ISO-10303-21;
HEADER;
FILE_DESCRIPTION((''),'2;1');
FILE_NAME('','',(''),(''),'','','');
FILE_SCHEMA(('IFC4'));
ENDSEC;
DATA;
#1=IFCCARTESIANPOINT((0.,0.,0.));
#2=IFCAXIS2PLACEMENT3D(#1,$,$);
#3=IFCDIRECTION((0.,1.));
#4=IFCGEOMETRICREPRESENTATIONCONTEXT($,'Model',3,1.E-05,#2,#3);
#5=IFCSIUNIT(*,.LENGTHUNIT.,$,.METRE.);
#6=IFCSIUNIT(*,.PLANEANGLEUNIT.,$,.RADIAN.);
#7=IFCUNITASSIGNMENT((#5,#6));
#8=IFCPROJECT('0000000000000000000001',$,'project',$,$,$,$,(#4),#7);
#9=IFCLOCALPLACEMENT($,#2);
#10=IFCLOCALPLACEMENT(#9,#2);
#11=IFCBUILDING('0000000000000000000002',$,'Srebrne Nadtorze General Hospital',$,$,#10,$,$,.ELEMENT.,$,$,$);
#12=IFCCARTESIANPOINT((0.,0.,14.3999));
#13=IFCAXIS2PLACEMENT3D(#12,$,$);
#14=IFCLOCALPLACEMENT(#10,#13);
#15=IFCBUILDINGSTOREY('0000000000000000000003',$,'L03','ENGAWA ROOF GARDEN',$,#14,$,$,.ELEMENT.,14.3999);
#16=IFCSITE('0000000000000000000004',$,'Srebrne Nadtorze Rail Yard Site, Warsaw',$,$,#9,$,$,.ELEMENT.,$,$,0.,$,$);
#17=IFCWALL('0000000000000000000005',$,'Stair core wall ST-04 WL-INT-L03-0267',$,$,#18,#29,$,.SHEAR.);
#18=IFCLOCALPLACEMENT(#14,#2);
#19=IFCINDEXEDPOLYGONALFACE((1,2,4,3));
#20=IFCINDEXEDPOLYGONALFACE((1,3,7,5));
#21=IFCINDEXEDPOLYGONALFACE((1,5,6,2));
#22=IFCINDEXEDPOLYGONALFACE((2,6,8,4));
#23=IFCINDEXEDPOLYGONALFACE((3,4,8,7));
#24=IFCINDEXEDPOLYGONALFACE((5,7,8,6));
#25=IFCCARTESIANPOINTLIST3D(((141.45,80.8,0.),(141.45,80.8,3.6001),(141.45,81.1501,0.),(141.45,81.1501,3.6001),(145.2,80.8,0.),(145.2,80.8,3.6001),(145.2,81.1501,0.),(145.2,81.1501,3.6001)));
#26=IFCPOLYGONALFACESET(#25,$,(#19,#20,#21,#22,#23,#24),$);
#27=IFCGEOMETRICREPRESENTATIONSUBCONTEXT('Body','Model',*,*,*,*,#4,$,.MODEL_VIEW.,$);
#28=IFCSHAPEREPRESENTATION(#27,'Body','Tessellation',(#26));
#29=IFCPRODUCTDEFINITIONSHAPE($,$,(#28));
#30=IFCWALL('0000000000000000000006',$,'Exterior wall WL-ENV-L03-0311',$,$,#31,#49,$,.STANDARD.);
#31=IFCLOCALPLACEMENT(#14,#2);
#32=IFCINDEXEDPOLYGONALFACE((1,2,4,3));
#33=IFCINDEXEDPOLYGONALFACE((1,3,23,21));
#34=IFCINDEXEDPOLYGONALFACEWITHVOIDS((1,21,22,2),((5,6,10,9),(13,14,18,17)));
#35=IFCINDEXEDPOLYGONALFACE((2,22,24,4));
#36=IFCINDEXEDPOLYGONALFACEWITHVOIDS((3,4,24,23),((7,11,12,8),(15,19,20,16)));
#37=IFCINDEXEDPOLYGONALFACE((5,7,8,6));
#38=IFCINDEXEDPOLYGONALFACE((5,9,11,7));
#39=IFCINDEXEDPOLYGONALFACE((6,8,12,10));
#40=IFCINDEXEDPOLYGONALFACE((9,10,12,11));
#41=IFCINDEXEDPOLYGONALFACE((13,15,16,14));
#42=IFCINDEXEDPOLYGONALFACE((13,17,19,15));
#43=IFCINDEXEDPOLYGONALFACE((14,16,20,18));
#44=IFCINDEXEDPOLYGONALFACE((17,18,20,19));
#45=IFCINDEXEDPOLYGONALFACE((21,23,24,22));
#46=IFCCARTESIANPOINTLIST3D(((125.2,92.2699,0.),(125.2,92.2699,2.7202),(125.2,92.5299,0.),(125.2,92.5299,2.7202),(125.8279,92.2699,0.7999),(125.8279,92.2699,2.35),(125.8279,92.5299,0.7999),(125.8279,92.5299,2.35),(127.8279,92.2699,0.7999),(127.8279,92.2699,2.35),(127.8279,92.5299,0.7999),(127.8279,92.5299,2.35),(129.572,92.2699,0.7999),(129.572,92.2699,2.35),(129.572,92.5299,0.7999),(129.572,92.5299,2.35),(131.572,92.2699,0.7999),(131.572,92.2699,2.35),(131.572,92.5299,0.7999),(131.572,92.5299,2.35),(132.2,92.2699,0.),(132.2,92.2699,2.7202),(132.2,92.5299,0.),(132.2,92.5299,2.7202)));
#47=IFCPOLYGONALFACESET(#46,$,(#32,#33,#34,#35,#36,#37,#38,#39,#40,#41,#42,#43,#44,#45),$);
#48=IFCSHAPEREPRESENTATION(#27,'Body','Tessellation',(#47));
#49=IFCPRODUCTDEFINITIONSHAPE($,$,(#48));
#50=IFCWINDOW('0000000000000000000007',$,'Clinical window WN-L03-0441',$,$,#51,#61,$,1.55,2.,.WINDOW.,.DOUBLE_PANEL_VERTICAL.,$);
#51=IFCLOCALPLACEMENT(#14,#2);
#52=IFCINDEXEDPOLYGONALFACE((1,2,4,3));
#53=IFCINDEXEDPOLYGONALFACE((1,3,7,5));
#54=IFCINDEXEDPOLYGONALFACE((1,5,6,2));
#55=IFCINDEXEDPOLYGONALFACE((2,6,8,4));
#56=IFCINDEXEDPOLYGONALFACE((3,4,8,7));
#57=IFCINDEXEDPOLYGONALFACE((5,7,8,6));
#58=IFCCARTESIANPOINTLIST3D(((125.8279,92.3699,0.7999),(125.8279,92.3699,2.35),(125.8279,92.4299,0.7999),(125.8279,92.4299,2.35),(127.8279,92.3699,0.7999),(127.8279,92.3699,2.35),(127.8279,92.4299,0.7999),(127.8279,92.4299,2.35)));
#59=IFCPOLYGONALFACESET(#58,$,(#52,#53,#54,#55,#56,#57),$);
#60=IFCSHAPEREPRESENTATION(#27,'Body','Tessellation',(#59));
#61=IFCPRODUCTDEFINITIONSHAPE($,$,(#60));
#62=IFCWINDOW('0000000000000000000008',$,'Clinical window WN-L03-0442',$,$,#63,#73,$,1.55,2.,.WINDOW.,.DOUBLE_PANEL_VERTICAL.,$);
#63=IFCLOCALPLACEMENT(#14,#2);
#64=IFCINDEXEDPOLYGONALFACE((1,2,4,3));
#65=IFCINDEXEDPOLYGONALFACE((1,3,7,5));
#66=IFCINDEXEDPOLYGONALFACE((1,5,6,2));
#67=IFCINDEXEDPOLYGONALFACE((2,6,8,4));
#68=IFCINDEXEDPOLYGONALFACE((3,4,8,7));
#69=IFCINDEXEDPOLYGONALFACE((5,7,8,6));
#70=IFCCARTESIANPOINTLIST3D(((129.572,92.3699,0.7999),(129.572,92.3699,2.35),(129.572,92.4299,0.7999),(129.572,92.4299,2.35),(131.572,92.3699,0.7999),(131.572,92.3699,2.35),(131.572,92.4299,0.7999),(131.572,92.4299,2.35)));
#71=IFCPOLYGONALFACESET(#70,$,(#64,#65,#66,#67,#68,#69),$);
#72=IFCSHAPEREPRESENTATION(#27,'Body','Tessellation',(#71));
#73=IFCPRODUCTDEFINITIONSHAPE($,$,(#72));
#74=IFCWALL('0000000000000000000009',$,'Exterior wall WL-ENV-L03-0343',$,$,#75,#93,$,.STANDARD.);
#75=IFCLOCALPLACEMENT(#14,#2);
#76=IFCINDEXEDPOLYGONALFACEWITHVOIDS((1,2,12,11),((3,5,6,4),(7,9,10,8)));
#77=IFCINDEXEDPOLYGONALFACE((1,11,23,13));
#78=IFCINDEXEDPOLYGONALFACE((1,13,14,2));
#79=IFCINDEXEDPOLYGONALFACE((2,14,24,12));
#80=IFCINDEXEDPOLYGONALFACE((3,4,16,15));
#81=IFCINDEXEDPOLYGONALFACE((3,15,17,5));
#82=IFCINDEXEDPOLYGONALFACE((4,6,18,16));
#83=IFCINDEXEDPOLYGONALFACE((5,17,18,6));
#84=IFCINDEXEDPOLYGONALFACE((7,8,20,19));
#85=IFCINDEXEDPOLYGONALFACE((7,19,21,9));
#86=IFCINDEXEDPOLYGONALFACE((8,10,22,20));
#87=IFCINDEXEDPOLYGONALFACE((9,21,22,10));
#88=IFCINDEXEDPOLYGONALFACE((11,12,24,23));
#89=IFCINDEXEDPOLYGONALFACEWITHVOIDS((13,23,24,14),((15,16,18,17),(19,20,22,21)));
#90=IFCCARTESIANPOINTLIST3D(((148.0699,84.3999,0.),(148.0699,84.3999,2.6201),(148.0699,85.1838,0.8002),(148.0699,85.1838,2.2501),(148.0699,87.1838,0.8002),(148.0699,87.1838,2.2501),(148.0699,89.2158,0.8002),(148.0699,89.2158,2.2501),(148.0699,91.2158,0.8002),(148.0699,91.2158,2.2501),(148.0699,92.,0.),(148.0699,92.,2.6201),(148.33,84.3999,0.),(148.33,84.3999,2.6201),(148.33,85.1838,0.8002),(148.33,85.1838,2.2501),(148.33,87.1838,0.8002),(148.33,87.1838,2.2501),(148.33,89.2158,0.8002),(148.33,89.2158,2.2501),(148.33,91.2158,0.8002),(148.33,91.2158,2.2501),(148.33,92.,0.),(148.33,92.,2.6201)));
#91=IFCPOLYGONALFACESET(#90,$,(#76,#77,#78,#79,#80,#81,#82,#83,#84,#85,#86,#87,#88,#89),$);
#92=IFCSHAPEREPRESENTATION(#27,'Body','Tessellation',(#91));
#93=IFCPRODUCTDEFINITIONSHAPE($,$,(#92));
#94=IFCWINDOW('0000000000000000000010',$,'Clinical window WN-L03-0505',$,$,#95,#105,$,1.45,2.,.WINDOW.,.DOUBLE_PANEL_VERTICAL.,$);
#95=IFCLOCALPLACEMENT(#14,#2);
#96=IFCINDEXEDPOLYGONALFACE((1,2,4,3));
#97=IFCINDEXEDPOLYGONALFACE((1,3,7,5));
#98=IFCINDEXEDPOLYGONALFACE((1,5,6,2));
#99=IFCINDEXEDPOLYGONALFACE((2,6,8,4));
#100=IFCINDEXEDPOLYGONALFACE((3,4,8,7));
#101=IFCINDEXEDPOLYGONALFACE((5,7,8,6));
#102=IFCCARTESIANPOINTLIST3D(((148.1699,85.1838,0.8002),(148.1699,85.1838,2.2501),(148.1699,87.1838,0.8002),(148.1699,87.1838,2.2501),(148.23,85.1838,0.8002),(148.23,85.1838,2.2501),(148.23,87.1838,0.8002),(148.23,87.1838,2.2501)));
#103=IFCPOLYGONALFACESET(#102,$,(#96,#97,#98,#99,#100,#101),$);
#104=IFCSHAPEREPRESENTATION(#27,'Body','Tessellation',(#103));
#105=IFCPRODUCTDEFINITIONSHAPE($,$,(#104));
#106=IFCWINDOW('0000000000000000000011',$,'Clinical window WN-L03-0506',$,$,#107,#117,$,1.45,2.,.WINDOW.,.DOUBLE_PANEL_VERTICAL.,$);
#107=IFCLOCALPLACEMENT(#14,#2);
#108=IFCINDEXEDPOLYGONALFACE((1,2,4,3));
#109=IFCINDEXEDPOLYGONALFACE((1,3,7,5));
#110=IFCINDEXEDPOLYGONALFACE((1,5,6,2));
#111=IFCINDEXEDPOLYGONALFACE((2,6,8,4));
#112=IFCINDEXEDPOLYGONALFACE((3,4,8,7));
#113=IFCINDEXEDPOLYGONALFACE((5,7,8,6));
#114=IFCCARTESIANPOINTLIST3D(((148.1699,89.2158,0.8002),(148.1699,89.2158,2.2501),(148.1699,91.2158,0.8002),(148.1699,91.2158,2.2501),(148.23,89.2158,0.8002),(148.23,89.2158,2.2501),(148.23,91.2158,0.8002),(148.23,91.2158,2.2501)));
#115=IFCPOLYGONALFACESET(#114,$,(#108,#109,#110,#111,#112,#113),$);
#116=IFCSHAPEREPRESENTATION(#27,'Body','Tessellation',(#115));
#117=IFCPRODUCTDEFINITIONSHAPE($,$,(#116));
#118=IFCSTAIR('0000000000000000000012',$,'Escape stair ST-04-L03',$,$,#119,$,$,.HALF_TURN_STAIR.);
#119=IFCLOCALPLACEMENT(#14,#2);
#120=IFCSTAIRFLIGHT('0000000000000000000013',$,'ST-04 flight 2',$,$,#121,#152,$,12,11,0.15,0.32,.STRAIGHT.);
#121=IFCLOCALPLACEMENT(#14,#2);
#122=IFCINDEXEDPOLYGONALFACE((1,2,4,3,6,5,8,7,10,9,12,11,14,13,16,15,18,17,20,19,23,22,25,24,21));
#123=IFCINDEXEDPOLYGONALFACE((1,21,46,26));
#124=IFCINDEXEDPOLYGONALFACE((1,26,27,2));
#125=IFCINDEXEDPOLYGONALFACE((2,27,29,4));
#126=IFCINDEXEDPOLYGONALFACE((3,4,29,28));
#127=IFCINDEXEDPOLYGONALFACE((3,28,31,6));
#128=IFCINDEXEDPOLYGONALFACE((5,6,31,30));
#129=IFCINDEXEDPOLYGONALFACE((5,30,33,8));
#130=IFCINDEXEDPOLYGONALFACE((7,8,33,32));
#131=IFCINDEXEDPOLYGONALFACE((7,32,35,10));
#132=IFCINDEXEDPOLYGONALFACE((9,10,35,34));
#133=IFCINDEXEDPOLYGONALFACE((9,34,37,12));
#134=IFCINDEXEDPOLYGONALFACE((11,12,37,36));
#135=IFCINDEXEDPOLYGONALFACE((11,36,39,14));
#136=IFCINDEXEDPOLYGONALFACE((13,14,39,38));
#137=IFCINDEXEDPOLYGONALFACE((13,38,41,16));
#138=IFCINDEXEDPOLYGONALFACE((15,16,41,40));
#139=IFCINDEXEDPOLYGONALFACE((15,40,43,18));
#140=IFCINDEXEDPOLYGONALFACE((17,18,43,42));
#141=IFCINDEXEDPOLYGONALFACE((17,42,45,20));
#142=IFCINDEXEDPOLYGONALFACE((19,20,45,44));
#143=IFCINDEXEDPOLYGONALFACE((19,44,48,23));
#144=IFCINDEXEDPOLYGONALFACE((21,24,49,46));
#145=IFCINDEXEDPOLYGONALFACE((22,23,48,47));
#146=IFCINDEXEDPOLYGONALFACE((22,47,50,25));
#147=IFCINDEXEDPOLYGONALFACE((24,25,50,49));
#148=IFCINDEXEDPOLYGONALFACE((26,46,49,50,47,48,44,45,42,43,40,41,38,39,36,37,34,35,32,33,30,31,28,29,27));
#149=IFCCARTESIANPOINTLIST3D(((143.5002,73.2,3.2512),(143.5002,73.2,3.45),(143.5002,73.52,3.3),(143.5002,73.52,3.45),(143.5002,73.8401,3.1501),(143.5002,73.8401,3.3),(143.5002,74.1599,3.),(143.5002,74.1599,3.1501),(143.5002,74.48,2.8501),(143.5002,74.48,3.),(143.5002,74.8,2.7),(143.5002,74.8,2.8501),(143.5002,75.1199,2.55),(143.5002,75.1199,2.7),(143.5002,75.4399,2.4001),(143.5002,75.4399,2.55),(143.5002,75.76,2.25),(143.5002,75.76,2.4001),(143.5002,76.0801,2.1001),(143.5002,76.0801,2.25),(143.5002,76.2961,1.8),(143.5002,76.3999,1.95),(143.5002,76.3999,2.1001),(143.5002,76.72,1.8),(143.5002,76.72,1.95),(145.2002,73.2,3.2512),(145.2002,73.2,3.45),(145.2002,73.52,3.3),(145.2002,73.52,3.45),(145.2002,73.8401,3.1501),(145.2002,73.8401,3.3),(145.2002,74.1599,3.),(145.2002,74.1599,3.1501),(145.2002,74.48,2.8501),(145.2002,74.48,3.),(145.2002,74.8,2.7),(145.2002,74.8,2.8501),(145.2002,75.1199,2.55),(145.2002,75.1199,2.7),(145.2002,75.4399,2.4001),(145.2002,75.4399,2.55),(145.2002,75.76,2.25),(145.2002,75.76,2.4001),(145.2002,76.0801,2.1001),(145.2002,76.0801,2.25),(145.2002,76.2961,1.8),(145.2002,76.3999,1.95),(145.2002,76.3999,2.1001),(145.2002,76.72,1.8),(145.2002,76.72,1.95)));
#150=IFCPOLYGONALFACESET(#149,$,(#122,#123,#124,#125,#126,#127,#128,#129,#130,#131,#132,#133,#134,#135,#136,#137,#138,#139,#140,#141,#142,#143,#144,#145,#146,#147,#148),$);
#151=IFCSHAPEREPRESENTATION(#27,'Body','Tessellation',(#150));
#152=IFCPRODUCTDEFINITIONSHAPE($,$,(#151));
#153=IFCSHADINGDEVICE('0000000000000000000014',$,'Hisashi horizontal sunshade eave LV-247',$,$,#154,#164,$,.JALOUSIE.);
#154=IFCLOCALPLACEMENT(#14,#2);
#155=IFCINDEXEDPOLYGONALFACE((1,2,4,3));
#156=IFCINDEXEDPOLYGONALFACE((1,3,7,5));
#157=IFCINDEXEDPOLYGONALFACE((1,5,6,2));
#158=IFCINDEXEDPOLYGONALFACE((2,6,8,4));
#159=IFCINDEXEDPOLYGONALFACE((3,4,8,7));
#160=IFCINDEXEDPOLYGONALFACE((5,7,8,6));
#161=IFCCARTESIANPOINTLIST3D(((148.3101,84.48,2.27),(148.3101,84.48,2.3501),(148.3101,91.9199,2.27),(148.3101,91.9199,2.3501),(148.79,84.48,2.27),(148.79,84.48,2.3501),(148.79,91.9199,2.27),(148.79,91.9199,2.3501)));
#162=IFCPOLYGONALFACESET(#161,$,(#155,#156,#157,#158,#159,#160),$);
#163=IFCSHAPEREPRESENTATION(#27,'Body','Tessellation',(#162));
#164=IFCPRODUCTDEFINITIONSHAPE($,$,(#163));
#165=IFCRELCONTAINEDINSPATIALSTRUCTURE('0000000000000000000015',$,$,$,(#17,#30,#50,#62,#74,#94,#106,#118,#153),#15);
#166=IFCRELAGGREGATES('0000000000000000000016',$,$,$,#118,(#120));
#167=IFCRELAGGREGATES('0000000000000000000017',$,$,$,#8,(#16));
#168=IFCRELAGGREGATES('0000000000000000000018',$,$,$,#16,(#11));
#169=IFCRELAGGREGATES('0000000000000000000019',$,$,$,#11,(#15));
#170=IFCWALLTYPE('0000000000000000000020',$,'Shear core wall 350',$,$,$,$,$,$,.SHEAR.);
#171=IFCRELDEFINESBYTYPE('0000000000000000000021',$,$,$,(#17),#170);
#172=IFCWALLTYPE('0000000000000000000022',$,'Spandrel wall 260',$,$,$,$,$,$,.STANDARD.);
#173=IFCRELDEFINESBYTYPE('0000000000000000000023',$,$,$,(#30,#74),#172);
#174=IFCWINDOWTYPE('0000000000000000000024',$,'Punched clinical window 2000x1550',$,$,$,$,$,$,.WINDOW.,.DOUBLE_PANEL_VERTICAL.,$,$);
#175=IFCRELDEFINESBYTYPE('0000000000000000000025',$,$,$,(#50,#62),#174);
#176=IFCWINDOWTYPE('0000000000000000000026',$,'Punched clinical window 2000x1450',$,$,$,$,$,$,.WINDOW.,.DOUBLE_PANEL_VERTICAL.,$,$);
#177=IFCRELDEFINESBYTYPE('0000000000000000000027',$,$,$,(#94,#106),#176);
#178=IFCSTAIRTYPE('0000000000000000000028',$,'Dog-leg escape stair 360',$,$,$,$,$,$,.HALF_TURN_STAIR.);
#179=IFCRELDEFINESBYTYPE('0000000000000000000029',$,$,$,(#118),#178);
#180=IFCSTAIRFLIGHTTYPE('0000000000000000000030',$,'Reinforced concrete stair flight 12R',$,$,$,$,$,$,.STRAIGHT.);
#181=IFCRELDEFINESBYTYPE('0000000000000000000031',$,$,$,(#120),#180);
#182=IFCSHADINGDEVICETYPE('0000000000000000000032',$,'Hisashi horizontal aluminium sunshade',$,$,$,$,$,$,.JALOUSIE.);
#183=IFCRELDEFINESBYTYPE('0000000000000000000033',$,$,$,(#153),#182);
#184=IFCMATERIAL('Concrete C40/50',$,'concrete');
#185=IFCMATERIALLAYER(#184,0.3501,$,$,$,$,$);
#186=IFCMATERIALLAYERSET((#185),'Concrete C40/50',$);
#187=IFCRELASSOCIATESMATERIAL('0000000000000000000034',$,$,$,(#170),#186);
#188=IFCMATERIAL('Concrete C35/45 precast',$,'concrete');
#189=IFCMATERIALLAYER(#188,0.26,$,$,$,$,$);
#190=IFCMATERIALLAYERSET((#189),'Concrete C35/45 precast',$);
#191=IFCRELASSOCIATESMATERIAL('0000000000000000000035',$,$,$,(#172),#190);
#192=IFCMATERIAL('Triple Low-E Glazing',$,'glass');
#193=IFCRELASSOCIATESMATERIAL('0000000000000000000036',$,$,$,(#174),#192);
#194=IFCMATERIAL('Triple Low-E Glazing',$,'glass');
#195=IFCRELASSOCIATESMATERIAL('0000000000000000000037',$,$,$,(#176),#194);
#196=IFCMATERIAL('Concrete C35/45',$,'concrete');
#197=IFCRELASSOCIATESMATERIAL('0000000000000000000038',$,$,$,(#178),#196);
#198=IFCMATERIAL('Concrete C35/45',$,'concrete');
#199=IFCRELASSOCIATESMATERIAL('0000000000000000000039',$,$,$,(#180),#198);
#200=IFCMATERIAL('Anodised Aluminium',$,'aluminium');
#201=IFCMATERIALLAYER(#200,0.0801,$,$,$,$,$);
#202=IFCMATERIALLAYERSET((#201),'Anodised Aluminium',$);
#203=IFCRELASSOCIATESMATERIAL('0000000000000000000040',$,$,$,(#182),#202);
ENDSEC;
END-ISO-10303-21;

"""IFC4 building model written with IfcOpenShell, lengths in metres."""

from ifc_helpers import new_model, si_unit, direction, frame, frame_2d, origin, origin_2d, place, context, subcontext, project, spatial, polyline, rectangle, outline, extrude, material, layer, layer_set, type_object, element, fill, aggregate, save


model = new_model("IFC4")

# Units and contexts
model_context = context("Model", 3, precision=1e-05, world=origin(), true_north=direction((0.0, 1.0)))
body_context = subcontext(model_context, "Body", "Model", "MODEL_VIEW")
ifc_project = project(units=[si_unit("LENGTHUNIT", "METRE"), si_unit("PLANEANGLEUNIT", "RADIAN")], contexts=[model_context])

# Site, building, storey
site_placement = place(None, origin())
site = spatial("IfcSite", under=ifc_project, at=site_placement, Name="Srebrne Nadtorze Rail Yard Site, Warsaw", CompositionType="ELEMENT", RefElevation=0.0)
building_placement = place(site_placement, origin())
building = spatial("IfcBuilding", under=site, at=building_placement, Name="Srebrne Nadtorze General Hospital", CompositionType="ELEMENT")
storey_placement = place(building_placement, frame((0.0, 0.0, 14.3999)))
storey = spatial("IfcBuildingStorey", under=building, at=storey_placement, Name="L03", Description="ENGAWA ROOF GARDEN", CompositionType="ELEMENT", Elevation=14.3999)

# Wall
ifc_material_1 = material(Name="Concrete C40/50", Category="concrete")
ifc_layer_1 = layer(ifc_material_1, 0.3501)
ifc_layer_set_1 = layer_set([ifc_layer_1], Name="Concrete C40/50")
wall_type_1 = type_object("IfcWallType", Name="Shear core wall 350", PredefinedType="SHEAR", material=ifc_layer_set_1)
wall_1_placement = place(storey_placement, frame((141.45, 80.9751, 0.0), z_axis=(0.0, 0.0, 1.0), x_axis=(1.0, 0.0, 0.0)))
element("IfcWall", 1, at=wall_1_placement, inside=storey, type_object=wall_type_1, Name="Stair core wall ST-04 WL-INT-L03-0267", PredefinedType="SHEAR", context=body_context, shape_type="SweptSolid", body=[
    extrude(rectangle(XDim=3.75, YDim=0.3501, at=frame_2d((1.875, 0.0))), origin(), (0.0, 0.0, 1.0), 3.6001),
])

# Walls, openings, windows
ifc_material_2 = material(Name="Concrete C35/45 precast", Category="concrete")
ifc_layer_2 = layer(ifc_material_2, 0.26)
ifc_layer_set_2 = layer_set([ifc_layer_2], Name="Concrete C35/45 precast")
wall_type_2 = type_object("IfcWallType", Name="Spandrel wall 260", PredefinedType="STANDARD", material=ifc_layer_set_2)
wall_2_placement = place(storey_placement, frame((125.2, 92.3999, 0.0), z_axis=(0.0, 0.0, 1.0), x_axis=(1.0, 0.0, 0.0)))
wall_2 = element("IfcWall", 2, at=wall_2_placement, inside=storey, type_object=wall_type_2, Name="Exterior wall WL-ENV-L03-0311", PredefinedType="STANDARD", context=body_context, shape_type="SweptSolid", body=[
    extrude(rectangle(XDim=7.0, YDim=0.26, at=frame_2d((3.5, 0.0))), origin(), (0.0, 0.0, 1.0), 2.7202),
])
opening_1_placement = place(wall_2_placement, frame((0.6279, 0.0, 0.8)))
opening_1 = element("IfcOpeningElement", 3, at=opening_1_placement, cuts=wall_2, PredefinedType="OPENING", context=body_context, shape_type="SweptSolid", body=[
    extrude(rectangle(XDim=2.0, YDim=1.55, at=frame_2d((1.0, 0.7749))), frame((0.0, 0.1421, 0.0), z_axis=(0.0, -1.0, 0.0), x_axis=(1.0, 0.0, 0.0)), (0.0, 0.0, 1.0), 0.2839),
])
opening_2_placement = place(wall_2_placement, frame((4.3721, 0.0, 0.8)))
opening_2 = element("IfcOpeningElement", 4, at=opening_2_placement, cuts=wall_2, PredefinedType="OPENING", context=body_context, shape_type="SweptSolid", body=[
    extrude(rectangle(XDim=2.0, YDim=1.55, at=frame_2d((1.0, 0.7749))), frame((0.0, 0.1421, 0.0), z_axis=(0.0, -1.0, 0.0), x_axis=(1.0, 0.0, 0.0)), (0.0, 0.0, 1.0), 0.2839),
])
ifc_material_3 = material(Name="Triple Low-E Glazing", Category="glass")
window_type_1 = type_object("IfcWindowType", Name="Punched clinical window 2000x1550", PartitioningType="DOUBLE_PANEL_VERTICAL", PredefinedType="WINDOW", material=ifc_material_3)
window_1_placement = place(opening_1_placement, origin())
window_1 = element("IfcWindow", 5, at=window_1_placement, inside=storey, type_object=window_type_1, Name="Clinical window WN-L03-0441", OverallHeight=1.55, OverallWidth=2.0, PartitioningType="DOUBLE_PANEL_VERTICAL", PredefinedType="WINDOW", context=body_context, shape_type="SweptSolid", body=[
    extrude(rectangle(XDim=2.0, YDim=1.55, at=frame_2d((1.0, 0.7749))), frame((0.0, 0.03, 0.0), z_axis=(0.0, -1.0, 0.0), x_axis=(1.0, 0.0, 0.0)), (0.0, 0.0, 1.0), 0.0601),
])
fill(opening_1, window_1)
window_2_placement = place(opening_2_placement, origin())
window_2 = element("IfcWindow", 6, at=window_2_placement, inside=storey, type_object=window_type_1, Name="Clinical window WN-L03-0442", OverallHeight=1.55, OverallWidth=2.0, PartitioningType="DOUBLE_PANEL_VERTICAL", PredefinedType="WINDOW", context=body_context, shape_type="SweptSolid", body=[
    extrude(rectangle(XDim=2.0, YDim=1.55, at=frame_2d((1.0, 0.7749))), frame((0.0, 0.03, 0.0), z_axis=(0.0, -1.0, 0.0), x_axis=(1.0, 0.0, 0.0)), (0.0, 0.0, 1.0), 0.0601),
])
fill(opening_2, window_2)
wall_3_placement = place(storey_placement, frame((148.2, 84.3999, 0.0), z_axis=(0.0, 0.0, 1.0), x_axis=(0.0, 1.0, 0.0)))
wall_3 = element("IfcWall", 7, at=wall_3_placement, inside=storey, type_object=wall_type_2, Name="Exterior wall WL-ENV-L03-0343", PredefinedType="STANDARD", context=body_context, shape_type="SweptSolid", body=[
    extrude(rectangle(XDim=7.6001, YDim=0.26, at=frame_2d((3.8, 0.0))), origin(), (0.0, 0.0, 1.0), 2.6201),
])
opening_3_placement = place(wall_3_placement, frame((0.7839, 0.0, 0.8)))
opening_3 = element("IfcOpeningElement", 8, at=opening_3_placement, cuts=wall_3, PredefinedType="OPENING", context=body_context, shape_type="SweptSolid", body=[
    extrude(rectangle(XDim=2.0, YDim=1.45, at=frame_2d((1.0, 0.7251))), frame((0.0, 0.1421, 0.0), z_axis=(0.0, -1.0, 0.0), x_axis=(1.0, 0.0, 0.0)), (0.0, 0.0, 1.0), 0.2839),
])
opening_4_placement = place(wall_3_placement, frame((4.8159, 0.0, 0.8)))
opening_4 = element("IfcOpeningElement", 9, at=opening_4_placement, cuts=wall_3, PredefinedType="OPENING", context=body_context, shape_type="SweptSolid", body=[
    extrude(rectangle(XDim=2.0, YDim=1.45, at=frame_2d((1.0, 0.7251))), frame((0.0, 0.1421, 0.0), z_axis=(0.0, -1.0, 0.0), x_axis=(1.0, 0.0, 0.0)), (0.0, 0.0, 1.0), 0.2839),
])
ifc_material_4 = material(Name="Triple Low-E Glazing", Category="glass")
window_type_2 = type_object("IfcWindowType", Name="Punched clinical window 2000x1450", PartitioningType="DOUBLE_PANEL_VERTICAL", PredefinedType="WINDOW", material=ifc_material_4)
window_3_placement = place(opening_3_placement, origin())
window_3 = element("IfcWindow", 10, at=window_3_placement, inside=storey, type_object=window_type_2, Name="Clinical window WN-L03-0505", OverallHeight=1.45, OverallWidth=2.0, PartitioningType="DOUBLE_PANEL_VERTICAL", PredefinedType="WINDOW", context=body_context, shape_type="SweptSolid", body=[
    extrude(rectangle(XDim=2.0, YDim=1.45, at=frame_2d((1.0, 0.7251))), frame((0.0, 0.03, 0.0), z_axis=(0.0, -1.0, 0.0), x_axis=(1.0, 0.0, 0.0)), (0.0, 0.0, 1.0), 0.0601),
])
fill(opening_3, window_3)
window_4_placement = place(opening_4_placement, origin())
window_4 = element("IfcWindow", 11, at=window_4_placement, inside=storey, type_object=window_type_2, Name="Clinical window WN-L03-0506", OverallHeight=1.45, OverallWidth=2.0, PartitioningType="DOUBLE_PANEL_VERTICAL", PredefinedType="WINDOW", context=body_context, shape_type="SweptSolid", body=[
    extrude(rectangle(XDim=2.0, YDim=1.45, at=frame_2d((1.0, 0.7251))), frame((0.0, 0.03, 0.0), z_axis=(0.0, -1.0, 0.0), x_axis=(1.0, 0.0, 0.0)), (0.0, 0.0, 1.0), 0.0601),
])
fill(opening_4, window_4)

# Stair, stair flight
ifc_material_5 = material(Name="Concrete C35/45", Category="concrete")
stair_type = type_object("IfcStairType", Name="Dog-leg escape stair 360", PredefinedType="HALF_TURN_STAIR", material=ifc_material_5)
stair_placement = place(storey_placement, origin())
stair = element("IfcStair", 12, at=stair_placement, inside=storey, type_object=stair_type, Name="Escape stair ST-04-L03", PredefinedType="HALF_TURN_STAIR")
ifc_material_6 = material(Name="Concrete C35/45", Category="concrete")
stair_flight_type = type_object("IfcStairFlightType", Name="Reinforced concrete stair flight 12R", PredefinedType="STRAIGHT", material=ifc_material_6)
stair_flight_placement = place(storey_placement, frame((144.3501, 76.72, 1.8), z_axis=(0.0, 0.0, 1.0), x_axis=(0.0, -1.0, 0.0)))
stair_flight = element("IfcStairFlight", 13, at=stair_flight_placement, type_object=stair_flight_type, Name="ST-04 flight 2", NumberOfRisers=12, NumberOfTreads=11, PredefinedType="STRAIGHT", RiserHeight=0.15, TreadLength=0.32, context=body_context, shape_type="SweptSolid", body=[
    extrude(outline(polyline([(0.0, 0.0), (0.0, 0.1499), (0.3201, 0.1499), (0.3201, 0.3), (0.6399, 0.3), (0.6399, 0.45), (0.96, 0.45), (0.96, 0.6001), (1.28, 0.6001), (1.28, 0.75), (1.6001, 0.75), (1.6001, 0.8999), (1.9199, 0.8999), (1.9199, 1.05), (2.24, 1.05), (2.24, 1.2), (2.5601, 1.2), (2.5601, 1.3501), (2.8799, 1.3501), (2.8799, 1.5), (3.2, 1.5), (3.2, 1.6499), (3.52, 1.6499), (3.52, 1.8), (3.52, 1.4512), (0.4238, 0.0), (0.0, 0.0)])), frame((0.0, 0.8501, 0.0), z_axis=(0.0, -1.0, 0.0), x_axis=(1.0, 0.0, 0.0)), (0.0, 0.0, 1.0), 1.7),
])
aggregate(stair, [stair_flight])

# Shading device
ifc_material_7 = material(Name="Anodised Aluminium", Category="aluminium")
ifc_layer_3 = layer(ifc_material_7, 0.0801)
ifc_layer_set_3 = layer_set([ifc_layer_3], Name="Anodised Aluminium")
shading_device_type = type_object("IfcShadingDeviceType", Name="Hisashi horizontal aluminium sunshade", PredefinedType="JALOUSIE", material=ifc_layer_set_3)
shading_device_placement = place(storey_placement, frame((148.55, 88.2, 2.27), z_axis=(0.0, 0.0, 1.0), x_axis=(1.0, 0.0, 0.0)))
element("IfcShadingDevice", 14, at=shading_device_placement, inside=storey, type_object=shading_device_type, Name="Hisashi horizontal sunshade eave LV-247", PredefinedType="JALOUSIE", context=body_context, shape_type="SweptSolid", body=[
    extrude(rectangle(XDim=0.48, YDim=7.4399, at=origin_2d()), origin(), (0.0, 0.0, 1.0), 0.0801),
])

save(model, "model.ifc")
